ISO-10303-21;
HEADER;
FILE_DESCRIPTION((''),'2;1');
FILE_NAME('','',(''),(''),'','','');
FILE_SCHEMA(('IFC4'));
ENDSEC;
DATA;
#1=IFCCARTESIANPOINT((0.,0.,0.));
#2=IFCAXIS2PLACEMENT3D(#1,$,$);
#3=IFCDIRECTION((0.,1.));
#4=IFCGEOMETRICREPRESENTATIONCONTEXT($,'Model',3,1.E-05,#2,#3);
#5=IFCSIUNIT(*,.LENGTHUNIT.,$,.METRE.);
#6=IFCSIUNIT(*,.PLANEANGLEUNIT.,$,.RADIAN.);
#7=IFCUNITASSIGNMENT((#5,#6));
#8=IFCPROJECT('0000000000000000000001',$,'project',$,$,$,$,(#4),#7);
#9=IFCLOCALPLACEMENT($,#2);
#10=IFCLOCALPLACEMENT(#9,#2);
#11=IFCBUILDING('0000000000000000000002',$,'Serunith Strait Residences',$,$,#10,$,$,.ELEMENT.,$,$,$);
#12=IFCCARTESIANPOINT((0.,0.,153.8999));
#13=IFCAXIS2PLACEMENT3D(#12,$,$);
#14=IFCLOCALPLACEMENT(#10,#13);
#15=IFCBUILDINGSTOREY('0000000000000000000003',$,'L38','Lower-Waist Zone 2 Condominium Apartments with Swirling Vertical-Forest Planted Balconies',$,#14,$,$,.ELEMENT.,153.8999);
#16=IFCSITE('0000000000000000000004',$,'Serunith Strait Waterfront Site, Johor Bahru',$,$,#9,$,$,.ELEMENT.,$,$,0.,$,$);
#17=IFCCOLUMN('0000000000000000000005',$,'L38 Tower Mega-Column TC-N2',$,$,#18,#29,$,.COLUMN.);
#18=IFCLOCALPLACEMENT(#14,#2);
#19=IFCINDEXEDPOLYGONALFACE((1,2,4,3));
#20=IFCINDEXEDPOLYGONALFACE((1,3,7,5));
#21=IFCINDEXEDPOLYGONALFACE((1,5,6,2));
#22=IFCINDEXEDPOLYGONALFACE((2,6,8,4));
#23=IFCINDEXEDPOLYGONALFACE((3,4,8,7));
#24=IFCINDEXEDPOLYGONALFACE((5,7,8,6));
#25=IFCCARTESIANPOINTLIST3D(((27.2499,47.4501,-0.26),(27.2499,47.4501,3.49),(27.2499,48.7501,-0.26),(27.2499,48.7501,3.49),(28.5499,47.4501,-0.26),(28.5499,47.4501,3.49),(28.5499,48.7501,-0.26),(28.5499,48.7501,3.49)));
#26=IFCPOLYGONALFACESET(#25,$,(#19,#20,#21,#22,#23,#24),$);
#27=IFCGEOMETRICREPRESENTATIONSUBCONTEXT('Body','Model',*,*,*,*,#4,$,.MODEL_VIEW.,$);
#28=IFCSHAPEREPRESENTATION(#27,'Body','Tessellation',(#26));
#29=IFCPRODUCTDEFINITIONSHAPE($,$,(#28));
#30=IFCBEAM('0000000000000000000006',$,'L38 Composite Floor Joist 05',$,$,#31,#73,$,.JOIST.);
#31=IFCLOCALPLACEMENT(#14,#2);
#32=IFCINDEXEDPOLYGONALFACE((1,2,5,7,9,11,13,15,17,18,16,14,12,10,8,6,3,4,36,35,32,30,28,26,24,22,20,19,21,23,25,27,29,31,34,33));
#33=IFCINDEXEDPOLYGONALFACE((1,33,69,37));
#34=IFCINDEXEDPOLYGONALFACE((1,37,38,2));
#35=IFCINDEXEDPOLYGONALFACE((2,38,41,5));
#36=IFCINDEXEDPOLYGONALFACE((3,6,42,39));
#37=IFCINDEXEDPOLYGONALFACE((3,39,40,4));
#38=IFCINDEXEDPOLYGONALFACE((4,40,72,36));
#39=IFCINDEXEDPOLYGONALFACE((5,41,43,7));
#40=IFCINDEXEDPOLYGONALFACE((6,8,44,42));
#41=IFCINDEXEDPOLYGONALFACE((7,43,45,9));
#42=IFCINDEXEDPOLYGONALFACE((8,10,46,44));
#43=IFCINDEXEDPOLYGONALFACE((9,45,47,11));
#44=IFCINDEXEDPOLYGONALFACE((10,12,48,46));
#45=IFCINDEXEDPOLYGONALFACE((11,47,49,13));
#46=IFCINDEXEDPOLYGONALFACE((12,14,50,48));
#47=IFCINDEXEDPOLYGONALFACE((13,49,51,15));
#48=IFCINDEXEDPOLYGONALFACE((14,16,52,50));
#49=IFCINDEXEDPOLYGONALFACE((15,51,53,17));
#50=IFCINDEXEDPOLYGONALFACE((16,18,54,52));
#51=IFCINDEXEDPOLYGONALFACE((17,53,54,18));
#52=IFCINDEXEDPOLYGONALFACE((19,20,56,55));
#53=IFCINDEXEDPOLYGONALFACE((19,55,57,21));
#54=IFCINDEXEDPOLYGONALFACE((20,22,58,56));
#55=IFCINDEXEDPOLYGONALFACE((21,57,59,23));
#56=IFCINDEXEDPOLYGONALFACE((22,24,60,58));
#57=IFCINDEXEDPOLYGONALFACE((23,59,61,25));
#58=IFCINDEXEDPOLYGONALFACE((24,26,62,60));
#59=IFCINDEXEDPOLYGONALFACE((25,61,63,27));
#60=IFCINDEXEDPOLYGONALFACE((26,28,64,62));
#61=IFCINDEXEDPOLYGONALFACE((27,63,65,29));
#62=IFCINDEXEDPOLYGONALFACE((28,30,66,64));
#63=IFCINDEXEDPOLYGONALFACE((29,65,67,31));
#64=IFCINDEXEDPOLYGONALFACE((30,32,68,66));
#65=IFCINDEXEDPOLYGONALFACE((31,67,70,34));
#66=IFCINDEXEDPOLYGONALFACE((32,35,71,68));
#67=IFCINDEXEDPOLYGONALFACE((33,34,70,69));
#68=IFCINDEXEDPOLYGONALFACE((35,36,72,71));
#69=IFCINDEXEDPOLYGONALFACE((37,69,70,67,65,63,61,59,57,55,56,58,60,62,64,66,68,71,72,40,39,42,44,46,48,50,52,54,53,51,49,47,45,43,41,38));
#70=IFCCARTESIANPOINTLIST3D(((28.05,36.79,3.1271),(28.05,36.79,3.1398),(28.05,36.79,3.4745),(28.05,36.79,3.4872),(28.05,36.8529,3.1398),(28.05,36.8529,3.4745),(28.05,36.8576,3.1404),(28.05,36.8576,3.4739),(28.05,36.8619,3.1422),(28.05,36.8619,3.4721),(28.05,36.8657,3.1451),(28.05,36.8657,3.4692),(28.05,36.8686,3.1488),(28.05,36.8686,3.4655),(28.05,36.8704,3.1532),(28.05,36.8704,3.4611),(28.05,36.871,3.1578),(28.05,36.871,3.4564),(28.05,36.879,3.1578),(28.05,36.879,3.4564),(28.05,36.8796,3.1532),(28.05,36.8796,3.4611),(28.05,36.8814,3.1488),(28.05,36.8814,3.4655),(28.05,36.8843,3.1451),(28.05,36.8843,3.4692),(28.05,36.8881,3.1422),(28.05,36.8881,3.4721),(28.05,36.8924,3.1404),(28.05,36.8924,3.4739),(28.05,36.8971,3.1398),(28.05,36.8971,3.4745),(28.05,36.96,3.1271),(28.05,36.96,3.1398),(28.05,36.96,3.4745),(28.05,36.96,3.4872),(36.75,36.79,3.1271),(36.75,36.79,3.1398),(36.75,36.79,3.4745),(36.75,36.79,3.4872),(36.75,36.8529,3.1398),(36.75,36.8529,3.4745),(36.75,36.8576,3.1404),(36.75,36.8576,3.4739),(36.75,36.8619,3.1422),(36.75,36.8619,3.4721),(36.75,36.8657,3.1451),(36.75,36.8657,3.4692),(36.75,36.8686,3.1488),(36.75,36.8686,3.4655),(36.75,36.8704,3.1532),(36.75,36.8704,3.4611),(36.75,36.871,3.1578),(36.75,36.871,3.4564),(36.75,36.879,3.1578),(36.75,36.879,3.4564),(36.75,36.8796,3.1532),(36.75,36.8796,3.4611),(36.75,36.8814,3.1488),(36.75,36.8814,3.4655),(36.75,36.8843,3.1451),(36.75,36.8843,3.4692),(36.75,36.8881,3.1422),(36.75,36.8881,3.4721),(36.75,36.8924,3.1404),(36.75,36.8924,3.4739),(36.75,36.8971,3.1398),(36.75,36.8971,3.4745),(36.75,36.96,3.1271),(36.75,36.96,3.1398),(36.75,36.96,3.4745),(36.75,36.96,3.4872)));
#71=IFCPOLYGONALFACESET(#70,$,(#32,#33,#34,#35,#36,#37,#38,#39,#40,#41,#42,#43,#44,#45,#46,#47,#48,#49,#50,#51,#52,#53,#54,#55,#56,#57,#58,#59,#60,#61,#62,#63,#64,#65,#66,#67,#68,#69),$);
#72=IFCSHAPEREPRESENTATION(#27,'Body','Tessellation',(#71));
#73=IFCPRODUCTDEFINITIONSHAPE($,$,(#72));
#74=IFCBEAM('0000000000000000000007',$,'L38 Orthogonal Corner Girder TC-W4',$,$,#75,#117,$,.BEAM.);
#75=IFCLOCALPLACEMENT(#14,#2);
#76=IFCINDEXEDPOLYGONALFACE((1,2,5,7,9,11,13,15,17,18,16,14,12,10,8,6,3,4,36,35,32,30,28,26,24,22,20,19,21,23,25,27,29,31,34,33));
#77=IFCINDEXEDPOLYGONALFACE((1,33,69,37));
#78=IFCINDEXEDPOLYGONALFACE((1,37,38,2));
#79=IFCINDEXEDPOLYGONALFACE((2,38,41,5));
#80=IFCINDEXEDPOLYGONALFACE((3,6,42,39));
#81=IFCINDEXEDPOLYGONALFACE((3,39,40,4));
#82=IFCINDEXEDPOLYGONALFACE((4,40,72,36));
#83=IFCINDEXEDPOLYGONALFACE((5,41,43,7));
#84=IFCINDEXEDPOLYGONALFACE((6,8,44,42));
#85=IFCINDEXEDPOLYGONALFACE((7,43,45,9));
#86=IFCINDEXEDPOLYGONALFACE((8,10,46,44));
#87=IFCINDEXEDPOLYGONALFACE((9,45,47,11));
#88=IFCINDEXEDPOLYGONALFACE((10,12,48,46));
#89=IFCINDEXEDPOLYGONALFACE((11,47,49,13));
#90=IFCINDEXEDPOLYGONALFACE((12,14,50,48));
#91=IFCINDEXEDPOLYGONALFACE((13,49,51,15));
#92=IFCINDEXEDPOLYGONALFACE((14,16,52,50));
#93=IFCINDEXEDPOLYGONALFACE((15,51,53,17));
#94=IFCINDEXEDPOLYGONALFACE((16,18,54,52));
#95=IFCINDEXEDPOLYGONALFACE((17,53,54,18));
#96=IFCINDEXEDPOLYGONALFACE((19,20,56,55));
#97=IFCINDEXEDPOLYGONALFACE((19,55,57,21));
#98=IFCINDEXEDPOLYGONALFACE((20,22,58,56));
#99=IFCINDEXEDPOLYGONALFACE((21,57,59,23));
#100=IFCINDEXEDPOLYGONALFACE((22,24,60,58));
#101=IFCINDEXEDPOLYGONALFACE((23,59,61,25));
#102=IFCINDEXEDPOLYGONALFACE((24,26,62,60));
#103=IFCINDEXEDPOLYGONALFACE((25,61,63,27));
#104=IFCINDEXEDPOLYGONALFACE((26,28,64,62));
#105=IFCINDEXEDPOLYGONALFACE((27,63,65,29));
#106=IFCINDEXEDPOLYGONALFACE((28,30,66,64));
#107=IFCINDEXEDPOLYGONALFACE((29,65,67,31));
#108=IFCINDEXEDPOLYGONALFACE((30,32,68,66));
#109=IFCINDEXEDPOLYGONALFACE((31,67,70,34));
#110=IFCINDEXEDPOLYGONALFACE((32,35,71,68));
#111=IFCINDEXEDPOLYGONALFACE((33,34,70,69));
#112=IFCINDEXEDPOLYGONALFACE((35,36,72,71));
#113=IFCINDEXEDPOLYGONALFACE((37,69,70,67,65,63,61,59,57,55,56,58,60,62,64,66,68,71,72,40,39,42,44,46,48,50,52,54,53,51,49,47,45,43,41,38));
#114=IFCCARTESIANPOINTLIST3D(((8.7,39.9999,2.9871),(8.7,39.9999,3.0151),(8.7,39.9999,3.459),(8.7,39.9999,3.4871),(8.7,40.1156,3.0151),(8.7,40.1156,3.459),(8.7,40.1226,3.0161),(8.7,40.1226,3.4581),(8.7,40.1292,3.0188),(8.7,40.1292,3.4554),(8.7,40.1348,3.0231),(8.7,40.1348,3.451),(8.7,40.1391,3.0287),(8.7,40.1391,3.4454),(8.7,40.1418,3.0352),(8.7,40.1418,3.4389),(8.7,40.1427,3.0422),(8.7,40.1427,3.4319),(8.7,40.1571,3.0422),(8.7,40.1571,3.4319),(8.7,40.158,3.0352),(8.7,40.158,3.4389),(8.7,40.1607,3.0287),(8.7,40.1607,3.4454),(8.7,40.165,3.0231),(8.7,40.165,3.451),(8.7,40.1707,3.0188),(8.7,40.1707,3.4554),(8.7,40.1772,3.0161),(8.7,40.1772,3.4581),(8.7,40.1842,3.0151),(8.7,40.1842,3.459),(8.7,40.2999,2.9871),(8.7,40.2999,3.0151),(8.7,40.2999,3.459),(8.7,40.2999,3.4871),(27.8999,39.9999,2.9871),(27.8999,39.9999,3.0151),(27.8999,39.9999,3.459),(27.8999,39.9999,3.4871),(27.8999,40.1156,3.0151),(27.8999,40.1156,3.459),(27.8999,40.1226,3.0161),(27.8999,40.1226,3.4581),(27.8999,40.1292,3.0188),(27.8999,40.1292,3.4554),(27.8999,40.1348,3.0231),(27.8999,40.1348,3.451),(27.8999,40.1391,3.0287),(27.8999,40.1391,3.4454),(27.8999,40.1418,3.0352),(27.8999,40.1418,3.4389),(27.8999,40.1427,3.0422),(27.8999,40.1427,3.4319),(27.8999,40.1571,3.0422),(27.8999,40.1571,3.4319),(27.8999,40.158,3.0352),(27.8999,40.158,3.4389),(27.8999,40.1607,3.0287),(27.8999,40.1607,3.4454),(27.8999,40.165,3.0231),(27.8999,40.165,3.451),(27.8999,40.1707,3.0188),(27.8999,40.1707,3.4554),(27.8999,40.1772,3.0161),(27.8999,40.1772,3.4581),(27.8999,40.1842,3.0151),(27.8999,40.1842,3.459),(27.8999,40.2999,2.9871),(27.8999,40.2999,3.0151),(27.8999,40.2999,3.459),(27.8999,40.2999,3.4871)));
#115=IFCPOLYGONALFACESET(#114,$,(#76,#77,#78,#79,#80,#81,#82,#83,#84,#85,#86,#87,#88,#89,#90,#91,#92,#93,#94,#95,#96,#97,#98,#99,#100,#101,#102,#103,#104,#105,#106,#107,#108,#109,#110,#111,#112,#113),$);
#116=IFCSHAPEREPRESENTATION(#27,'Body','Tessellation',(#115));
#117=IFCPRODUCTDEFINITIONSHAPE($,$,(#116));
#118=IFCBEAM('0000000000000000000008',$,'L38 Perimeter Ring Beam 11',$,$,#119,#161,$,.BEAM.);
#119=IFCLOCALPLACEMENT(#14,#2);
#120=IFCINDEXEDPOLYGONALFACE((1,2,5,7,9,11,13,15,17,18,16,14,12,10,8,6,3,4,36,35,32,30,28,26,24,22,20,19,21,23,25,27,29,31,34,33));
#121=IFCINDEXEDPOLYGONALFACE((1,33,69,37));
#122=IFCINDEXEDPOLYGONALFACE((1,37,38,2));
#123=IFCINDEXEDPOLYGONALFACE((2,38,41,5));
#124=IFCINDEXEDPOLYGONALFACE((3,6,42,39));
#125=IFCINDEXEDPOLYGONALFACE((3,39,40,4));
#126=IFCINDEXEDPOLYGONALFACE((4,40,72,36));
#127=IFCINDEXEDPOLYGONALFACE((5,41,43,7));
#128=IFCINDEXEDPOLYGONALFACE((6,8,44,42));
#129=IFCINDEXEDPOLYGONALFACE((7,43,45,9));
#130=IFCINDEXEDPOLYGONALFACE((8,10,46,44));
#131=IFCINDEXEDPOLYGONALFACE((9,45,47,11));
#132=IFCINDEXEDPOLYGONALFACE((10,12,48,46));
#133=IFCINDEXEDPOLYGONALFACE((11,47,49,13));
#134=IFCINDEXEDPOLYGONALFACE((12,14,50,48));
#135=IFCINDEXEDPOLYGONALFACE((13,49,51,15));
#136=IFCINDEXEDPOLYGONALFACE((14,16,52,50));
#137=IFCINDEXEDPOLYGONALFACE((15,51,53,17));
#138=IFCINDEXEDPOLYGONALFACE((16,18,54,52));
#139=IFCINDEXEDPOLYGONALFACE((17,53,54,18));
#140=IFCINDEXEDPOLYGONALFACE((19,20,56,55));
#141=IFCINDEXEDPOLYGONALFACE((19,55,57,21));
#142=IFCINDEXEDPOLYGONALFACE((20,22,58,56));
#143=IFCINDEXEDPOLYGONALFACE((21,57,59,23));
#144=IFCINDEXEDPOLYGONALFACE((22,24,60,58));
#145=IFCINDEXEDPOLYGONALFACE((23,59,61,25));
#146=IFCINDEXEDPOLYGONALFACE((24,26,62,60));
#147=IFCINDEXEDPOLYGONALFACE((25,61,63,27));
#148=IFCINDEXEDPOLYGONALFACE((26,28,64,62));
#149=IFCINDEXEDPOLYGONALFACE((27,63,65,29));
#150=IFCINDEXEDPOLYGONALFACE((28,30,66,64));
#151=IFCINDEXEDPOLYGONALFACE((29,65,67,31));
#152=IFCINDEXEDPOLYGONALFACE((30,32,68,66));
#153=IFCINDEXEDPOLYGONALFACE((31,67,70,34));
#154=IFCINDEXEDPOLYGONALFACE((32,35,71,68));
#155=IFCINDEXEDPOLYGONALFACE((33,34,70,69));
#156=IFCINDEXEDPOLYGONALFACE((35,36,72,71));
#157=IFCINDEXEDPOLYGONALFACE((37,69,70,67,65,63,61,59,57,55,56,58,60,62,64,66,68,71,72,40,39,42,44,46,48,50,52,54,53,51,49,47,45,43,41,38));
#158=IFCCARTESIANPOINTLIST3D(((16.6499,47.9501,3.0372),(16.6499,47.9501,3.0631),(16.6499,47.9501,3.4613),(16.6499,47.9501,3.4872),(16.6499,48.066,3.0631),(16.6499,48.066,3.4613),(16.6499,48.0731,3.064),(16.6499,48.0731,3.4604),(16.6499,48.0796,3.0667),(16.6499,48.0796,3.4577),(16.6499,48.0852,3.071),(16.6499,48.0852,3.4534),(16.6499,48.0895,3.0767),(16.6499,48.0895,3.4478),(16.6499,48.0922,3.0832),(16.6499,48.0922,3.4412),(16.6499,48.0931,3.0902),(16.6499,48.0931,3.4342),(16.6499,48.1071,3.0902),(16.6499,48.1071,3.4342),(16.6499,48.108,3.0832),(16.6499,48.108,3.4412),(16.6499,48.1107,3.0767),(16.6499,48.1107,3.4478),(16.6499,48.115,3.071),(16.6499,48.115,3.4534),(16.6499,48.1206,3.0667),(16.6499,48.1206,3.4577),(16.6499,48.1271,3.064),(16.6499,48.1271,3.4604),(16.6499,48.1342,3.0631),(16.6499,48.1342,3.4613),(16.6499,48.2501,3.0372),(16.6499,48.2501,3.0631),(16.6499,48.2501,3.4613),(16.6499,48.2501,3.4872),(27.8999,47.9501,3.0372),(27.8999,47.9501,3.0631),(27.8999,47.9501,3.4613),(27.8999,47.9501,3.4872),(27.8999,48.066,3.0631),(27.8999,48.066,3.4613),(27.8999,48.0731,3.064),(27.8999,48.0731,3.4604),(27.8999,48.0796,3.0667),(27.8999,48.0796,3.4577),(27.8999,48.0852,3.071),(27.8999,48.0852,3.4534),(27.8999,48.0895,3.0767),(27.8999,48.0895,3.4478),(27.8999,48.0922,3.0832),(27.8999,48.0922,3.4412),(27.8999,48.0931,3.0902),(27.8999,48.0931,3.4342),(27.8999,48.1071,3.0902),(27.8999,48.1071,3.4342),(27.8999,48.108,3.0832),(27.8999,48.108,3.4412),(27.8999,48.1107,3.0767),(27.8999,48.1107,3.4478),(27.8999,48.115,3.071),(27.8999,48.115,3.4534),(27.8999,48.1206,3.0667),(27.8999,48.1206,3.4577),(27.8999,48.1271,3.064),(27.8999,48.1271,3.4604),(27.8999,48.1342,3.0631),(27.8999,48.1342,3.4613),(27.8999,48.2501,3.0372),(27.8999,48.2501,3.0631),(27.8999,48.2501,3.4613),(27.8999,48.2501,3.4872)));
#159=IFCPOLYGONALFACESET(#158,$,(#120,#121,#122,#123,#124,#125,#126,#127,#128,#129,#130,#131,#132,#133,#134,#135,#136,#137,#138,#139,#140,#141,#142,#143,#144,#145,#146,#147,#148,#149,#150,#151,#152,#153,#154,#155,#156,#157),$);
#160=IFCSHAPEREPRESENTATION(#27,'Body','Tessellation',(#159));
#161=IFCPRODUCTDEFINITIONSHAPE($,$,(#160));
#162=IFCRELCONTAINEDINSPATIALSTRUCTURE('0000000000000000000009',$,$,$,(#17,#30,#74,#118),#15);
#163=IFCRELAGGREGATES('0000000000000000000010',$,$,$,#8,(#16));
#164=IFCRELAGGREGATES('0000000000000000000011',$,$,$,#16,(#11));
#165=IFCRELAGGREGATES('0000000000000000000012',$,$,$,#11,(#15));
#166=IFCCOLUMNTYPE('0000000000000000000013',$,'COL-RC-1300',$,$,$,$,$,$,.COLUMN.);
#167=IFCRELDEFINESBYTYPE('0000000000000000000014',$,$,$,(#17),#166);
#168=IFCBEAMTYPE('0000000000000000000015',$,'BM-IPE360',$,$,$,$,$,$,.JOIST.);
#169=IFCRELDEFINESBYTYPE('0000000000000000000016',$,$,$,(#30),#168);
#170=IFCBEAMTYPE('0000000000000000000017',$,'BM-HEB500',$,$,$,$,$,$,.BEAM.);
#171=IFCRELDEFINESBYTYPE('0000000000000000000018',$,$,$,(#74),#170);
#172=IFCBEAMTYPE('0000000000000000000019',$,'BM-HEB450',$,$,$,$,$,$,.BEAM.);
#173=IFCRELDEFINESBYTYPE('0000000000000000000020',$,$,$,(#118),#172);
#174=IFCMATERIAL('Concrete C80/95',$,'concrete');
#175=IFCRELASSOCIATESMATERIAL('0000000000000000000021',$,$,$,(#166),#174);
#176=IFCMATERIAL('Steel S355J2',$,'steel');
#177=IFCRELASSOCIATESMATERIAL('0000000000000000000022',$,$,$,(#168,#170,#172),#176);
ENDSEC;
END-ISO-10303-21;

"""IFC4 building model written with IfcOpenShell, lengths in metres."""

from ifc_helpers import new_model, si_unit, direction, frame, origin, origin_2d, place, context, subcontext, project, spatial, rectangle, i_section, extrude, source, transform, mapped, material, material_profile, profile_set, type_object, element, save


model = new_model("IFC4")

# Units and contexts
model_context = context("Model", 3, precision=1e-05, world=origin(), true_north=direction((0.0, 1.0)))
body_context = subcontext(model_context, "Body", "Model", "MODEL_VIEW")
ifc_project = project(units=[si_unit("LENGTHUNIT", "METRE"), si_unit("PLANEANGLEUNIT", "RADIAN")], contexts=[model_context])

# Site, building, storey
site_placement = place(None, origin())
site = spatial("IfcSite", under=ifc_project, at=site_placement, Name="Serunith Strait Waterfront Site, Johor Bahru", CompositionType="ELEMENT", RefElevation=0.0)
building_placement = place(site_placement, origin())
building = spatial("IfcBuilding", under=site, at=building_placement, Name="Serunith Strait Residences", CompositionType="ELEMENT")
storey_placement = place(building_placement, frame((0.0, 0.0, 153.8999)))
storey = spatial("IfcBuildingStorey", under=building, at=storey_placement, Name="L38", Description="Lower-Waist Zone 2 Condominium Apartments with Swirling Vertical-Forest Planted Balconies", CompositionType="ELEMENT", Elevation=153.8999)

# Column
ifc_material_1 = material(Name="Concrete C80/95", Category="concrete")
ifc_material_profile_1 = material_profile(ifc_material_1, rectangle(XDim=1.3, YDim=1.3, at=origin_2d()), Name="RC 1300x1300")
ifc_profile_set_1 = profile_set([ifc_material_profile_1], Name="Concrete C80/95")
column_type = type_object("IfcColumnType", Name="COL-RC-1300", PredefinedType="COLUMN", material=ifc_profile_set_1)
shared_shape_1 = source(origin(), body_context, "Body", "SweptSolid", [
    extrude(rectangle(XDim=1.3, YDim=1.3, at=origin_2d()), origin(), (0.0, 0.0, 1.0), 3.75),
])
column_placement = place(storey_placement, frame((27.8999, 48.1001, -0.26), z_axis=(0.0, 0.0, 1.0), x_axis=(1.0, 0.0, 0.0)))
element("IfcColumn", 1, at=column_placement, inside=storey, type_object=column_type, Name="L38 Tower Mega-Column TC-N2", PredefinedType="COLUMN", context=body_context, shape_type="MappedRepresentation", body=[
    mapped(shared_shape_1, transform((0.0, 0.0, 0.0), scale=1.0)),
])

# Beams
ifc_material_2 = material(Name="Steel S355J2", Category="steel")
ifc_material_profile_2 = material_profile(ifc_material_2, i_section(OverallWidth=0.1699, OverallDepth=0.3601, WebThickness=0.0081, FlangeThickness=0.0127, FilletRadius=0.0181, at=origin_2d()), Name="IPE 360")
ifc_profile_set_2 = profile_set([ifc_material_profile_2], Name="Steel S355J2")
beam_type_1 = type_object("IfcBeamType", Name="BM-IPE360", PredefinedType="JOIST", material=ifc_profile_set_2)
shared_shape_2 = source(origin(), body_context, "Body", "SweptSolid", [
    extrude(i_section(OverallWidth=0.1699, OverallDepth=0.3601, WebThickness=0.0081, FlangeThickness=0.0127, FilletRadius=0.0181, at=origin_2d()), origin(), (0.0, 0.0, 1.0), 8.7),
])
beam_1_placement = place(storey_placement, frame((28.05, 36.875, 3.3071), z_axis=(1.0, 0.0, 0.0), x_axis=(0.0, 1.0, 0.0)))
element("IfcBeam", 2, at=beam_1_placement, inside=storey, type_object=beam_type_1, Name="L38 Composite Floor Joist 05", PredefinedType="JOIST", context=body_context, shape_type="MappedRepresentation", body=[
    mapped(shared_shape_2, transform((0.0, 0.0, 0.0), scale=1.0)),
])
ifc_material_profile_3 = material_profile(ifc_material_2, i_section(OverallWidth=0.3, OverallDepth=0.5, WebThickness=0.0144, FlangeThickness=0.0281, FilletRadius=0.0271, at=origin_2d()), Name="HEB 500")
ifc_profile_set_3 = profile_set([ifc_material_profile_3], Name="Steel S355J2")
beam_type_2 = type_object("IfcBeamType", Name="BM-HEB500", PredefinedType="BEAM", material=ifc_profile_set_3)
shared_shape_3 = source(origin(), body_context, "Body", "SweptSolid", [
    extrude(i_section(OverallWidth=0.3, OverallDepth=0.5, WebThickness=0.0144, FlangeThickness=0.0281, FilletRadius=0.0271, at=origin_2d()), origin(), (0.0, 0.0, 1.0), 19.2),
])
beam_2_placement = place(storey_placement, frame((27.8999, 40.1499, 3.2371), z_axis=(-1.0, 0.0, 0.0), x_axis=(0.0, -1.0, 0.0)))
element("IfcBeam", 3, at=beam_2_placement, inside=storey, type_object=beam_type_2, Name="L38 Orthogonal Corner Girder TC-W4", PredefinedType="BEAM", context=body_context, shape_type="MappedRepresentation", body=[
    mapped(shared_shape_3, transform((0.0, 0.0, 0.0), scale=1.0)),
])
ifc_material_profile_4 = material_profile(ifc_material_2, i_section(OverallWidth=0.3, OverallDepth=0.45, WebThickness=0.0139, FlangeThickness=0.0259, FilletRadius=0.0271, at=origin_2d()), Name="HEB 450")
ifc_profile_set_4 = profile_set([ifc_material_profile_4], Name="Steel S355J2")
beam_type_3 = type_object("IfcBeamType", Name="BM-HEB450", PredefinedType="BEAM", material=ifc_profile_set_4)
shared_shape_4 = source(origin(), body_context, "Body", "SweptSolid", [
    extrude(i_section(OverallWidth=0.3, OverallDepth=0.45, WebThickness=0.0139, FlangeThickness=0.0259, FilletRadius=0.0271, at=origin_2d()), origin(), (0.0, 0.0, 1.0), 11.25),
])
beam_3_placement = place(storey_placement, frame((27.8999, 48.1001, 3.2622), z_axis=(-1.0, 0.0, 0.0), x_axis=(0.0, -1.0, 0.0)))
element("IfcBeam", 4, at=beam_3_placement, inside=storey, type_object=beam_type_3, Name="L38 Perimeter Ring Beam 11", PredefinedType="BEAM", context=body_context, shape_type="MappedRepresentation", body=[
    mapped(shared_shape_4, transform((0.0, 0.0, 0.0), scale=1.0)),
])

save(model, "model.ifc")
